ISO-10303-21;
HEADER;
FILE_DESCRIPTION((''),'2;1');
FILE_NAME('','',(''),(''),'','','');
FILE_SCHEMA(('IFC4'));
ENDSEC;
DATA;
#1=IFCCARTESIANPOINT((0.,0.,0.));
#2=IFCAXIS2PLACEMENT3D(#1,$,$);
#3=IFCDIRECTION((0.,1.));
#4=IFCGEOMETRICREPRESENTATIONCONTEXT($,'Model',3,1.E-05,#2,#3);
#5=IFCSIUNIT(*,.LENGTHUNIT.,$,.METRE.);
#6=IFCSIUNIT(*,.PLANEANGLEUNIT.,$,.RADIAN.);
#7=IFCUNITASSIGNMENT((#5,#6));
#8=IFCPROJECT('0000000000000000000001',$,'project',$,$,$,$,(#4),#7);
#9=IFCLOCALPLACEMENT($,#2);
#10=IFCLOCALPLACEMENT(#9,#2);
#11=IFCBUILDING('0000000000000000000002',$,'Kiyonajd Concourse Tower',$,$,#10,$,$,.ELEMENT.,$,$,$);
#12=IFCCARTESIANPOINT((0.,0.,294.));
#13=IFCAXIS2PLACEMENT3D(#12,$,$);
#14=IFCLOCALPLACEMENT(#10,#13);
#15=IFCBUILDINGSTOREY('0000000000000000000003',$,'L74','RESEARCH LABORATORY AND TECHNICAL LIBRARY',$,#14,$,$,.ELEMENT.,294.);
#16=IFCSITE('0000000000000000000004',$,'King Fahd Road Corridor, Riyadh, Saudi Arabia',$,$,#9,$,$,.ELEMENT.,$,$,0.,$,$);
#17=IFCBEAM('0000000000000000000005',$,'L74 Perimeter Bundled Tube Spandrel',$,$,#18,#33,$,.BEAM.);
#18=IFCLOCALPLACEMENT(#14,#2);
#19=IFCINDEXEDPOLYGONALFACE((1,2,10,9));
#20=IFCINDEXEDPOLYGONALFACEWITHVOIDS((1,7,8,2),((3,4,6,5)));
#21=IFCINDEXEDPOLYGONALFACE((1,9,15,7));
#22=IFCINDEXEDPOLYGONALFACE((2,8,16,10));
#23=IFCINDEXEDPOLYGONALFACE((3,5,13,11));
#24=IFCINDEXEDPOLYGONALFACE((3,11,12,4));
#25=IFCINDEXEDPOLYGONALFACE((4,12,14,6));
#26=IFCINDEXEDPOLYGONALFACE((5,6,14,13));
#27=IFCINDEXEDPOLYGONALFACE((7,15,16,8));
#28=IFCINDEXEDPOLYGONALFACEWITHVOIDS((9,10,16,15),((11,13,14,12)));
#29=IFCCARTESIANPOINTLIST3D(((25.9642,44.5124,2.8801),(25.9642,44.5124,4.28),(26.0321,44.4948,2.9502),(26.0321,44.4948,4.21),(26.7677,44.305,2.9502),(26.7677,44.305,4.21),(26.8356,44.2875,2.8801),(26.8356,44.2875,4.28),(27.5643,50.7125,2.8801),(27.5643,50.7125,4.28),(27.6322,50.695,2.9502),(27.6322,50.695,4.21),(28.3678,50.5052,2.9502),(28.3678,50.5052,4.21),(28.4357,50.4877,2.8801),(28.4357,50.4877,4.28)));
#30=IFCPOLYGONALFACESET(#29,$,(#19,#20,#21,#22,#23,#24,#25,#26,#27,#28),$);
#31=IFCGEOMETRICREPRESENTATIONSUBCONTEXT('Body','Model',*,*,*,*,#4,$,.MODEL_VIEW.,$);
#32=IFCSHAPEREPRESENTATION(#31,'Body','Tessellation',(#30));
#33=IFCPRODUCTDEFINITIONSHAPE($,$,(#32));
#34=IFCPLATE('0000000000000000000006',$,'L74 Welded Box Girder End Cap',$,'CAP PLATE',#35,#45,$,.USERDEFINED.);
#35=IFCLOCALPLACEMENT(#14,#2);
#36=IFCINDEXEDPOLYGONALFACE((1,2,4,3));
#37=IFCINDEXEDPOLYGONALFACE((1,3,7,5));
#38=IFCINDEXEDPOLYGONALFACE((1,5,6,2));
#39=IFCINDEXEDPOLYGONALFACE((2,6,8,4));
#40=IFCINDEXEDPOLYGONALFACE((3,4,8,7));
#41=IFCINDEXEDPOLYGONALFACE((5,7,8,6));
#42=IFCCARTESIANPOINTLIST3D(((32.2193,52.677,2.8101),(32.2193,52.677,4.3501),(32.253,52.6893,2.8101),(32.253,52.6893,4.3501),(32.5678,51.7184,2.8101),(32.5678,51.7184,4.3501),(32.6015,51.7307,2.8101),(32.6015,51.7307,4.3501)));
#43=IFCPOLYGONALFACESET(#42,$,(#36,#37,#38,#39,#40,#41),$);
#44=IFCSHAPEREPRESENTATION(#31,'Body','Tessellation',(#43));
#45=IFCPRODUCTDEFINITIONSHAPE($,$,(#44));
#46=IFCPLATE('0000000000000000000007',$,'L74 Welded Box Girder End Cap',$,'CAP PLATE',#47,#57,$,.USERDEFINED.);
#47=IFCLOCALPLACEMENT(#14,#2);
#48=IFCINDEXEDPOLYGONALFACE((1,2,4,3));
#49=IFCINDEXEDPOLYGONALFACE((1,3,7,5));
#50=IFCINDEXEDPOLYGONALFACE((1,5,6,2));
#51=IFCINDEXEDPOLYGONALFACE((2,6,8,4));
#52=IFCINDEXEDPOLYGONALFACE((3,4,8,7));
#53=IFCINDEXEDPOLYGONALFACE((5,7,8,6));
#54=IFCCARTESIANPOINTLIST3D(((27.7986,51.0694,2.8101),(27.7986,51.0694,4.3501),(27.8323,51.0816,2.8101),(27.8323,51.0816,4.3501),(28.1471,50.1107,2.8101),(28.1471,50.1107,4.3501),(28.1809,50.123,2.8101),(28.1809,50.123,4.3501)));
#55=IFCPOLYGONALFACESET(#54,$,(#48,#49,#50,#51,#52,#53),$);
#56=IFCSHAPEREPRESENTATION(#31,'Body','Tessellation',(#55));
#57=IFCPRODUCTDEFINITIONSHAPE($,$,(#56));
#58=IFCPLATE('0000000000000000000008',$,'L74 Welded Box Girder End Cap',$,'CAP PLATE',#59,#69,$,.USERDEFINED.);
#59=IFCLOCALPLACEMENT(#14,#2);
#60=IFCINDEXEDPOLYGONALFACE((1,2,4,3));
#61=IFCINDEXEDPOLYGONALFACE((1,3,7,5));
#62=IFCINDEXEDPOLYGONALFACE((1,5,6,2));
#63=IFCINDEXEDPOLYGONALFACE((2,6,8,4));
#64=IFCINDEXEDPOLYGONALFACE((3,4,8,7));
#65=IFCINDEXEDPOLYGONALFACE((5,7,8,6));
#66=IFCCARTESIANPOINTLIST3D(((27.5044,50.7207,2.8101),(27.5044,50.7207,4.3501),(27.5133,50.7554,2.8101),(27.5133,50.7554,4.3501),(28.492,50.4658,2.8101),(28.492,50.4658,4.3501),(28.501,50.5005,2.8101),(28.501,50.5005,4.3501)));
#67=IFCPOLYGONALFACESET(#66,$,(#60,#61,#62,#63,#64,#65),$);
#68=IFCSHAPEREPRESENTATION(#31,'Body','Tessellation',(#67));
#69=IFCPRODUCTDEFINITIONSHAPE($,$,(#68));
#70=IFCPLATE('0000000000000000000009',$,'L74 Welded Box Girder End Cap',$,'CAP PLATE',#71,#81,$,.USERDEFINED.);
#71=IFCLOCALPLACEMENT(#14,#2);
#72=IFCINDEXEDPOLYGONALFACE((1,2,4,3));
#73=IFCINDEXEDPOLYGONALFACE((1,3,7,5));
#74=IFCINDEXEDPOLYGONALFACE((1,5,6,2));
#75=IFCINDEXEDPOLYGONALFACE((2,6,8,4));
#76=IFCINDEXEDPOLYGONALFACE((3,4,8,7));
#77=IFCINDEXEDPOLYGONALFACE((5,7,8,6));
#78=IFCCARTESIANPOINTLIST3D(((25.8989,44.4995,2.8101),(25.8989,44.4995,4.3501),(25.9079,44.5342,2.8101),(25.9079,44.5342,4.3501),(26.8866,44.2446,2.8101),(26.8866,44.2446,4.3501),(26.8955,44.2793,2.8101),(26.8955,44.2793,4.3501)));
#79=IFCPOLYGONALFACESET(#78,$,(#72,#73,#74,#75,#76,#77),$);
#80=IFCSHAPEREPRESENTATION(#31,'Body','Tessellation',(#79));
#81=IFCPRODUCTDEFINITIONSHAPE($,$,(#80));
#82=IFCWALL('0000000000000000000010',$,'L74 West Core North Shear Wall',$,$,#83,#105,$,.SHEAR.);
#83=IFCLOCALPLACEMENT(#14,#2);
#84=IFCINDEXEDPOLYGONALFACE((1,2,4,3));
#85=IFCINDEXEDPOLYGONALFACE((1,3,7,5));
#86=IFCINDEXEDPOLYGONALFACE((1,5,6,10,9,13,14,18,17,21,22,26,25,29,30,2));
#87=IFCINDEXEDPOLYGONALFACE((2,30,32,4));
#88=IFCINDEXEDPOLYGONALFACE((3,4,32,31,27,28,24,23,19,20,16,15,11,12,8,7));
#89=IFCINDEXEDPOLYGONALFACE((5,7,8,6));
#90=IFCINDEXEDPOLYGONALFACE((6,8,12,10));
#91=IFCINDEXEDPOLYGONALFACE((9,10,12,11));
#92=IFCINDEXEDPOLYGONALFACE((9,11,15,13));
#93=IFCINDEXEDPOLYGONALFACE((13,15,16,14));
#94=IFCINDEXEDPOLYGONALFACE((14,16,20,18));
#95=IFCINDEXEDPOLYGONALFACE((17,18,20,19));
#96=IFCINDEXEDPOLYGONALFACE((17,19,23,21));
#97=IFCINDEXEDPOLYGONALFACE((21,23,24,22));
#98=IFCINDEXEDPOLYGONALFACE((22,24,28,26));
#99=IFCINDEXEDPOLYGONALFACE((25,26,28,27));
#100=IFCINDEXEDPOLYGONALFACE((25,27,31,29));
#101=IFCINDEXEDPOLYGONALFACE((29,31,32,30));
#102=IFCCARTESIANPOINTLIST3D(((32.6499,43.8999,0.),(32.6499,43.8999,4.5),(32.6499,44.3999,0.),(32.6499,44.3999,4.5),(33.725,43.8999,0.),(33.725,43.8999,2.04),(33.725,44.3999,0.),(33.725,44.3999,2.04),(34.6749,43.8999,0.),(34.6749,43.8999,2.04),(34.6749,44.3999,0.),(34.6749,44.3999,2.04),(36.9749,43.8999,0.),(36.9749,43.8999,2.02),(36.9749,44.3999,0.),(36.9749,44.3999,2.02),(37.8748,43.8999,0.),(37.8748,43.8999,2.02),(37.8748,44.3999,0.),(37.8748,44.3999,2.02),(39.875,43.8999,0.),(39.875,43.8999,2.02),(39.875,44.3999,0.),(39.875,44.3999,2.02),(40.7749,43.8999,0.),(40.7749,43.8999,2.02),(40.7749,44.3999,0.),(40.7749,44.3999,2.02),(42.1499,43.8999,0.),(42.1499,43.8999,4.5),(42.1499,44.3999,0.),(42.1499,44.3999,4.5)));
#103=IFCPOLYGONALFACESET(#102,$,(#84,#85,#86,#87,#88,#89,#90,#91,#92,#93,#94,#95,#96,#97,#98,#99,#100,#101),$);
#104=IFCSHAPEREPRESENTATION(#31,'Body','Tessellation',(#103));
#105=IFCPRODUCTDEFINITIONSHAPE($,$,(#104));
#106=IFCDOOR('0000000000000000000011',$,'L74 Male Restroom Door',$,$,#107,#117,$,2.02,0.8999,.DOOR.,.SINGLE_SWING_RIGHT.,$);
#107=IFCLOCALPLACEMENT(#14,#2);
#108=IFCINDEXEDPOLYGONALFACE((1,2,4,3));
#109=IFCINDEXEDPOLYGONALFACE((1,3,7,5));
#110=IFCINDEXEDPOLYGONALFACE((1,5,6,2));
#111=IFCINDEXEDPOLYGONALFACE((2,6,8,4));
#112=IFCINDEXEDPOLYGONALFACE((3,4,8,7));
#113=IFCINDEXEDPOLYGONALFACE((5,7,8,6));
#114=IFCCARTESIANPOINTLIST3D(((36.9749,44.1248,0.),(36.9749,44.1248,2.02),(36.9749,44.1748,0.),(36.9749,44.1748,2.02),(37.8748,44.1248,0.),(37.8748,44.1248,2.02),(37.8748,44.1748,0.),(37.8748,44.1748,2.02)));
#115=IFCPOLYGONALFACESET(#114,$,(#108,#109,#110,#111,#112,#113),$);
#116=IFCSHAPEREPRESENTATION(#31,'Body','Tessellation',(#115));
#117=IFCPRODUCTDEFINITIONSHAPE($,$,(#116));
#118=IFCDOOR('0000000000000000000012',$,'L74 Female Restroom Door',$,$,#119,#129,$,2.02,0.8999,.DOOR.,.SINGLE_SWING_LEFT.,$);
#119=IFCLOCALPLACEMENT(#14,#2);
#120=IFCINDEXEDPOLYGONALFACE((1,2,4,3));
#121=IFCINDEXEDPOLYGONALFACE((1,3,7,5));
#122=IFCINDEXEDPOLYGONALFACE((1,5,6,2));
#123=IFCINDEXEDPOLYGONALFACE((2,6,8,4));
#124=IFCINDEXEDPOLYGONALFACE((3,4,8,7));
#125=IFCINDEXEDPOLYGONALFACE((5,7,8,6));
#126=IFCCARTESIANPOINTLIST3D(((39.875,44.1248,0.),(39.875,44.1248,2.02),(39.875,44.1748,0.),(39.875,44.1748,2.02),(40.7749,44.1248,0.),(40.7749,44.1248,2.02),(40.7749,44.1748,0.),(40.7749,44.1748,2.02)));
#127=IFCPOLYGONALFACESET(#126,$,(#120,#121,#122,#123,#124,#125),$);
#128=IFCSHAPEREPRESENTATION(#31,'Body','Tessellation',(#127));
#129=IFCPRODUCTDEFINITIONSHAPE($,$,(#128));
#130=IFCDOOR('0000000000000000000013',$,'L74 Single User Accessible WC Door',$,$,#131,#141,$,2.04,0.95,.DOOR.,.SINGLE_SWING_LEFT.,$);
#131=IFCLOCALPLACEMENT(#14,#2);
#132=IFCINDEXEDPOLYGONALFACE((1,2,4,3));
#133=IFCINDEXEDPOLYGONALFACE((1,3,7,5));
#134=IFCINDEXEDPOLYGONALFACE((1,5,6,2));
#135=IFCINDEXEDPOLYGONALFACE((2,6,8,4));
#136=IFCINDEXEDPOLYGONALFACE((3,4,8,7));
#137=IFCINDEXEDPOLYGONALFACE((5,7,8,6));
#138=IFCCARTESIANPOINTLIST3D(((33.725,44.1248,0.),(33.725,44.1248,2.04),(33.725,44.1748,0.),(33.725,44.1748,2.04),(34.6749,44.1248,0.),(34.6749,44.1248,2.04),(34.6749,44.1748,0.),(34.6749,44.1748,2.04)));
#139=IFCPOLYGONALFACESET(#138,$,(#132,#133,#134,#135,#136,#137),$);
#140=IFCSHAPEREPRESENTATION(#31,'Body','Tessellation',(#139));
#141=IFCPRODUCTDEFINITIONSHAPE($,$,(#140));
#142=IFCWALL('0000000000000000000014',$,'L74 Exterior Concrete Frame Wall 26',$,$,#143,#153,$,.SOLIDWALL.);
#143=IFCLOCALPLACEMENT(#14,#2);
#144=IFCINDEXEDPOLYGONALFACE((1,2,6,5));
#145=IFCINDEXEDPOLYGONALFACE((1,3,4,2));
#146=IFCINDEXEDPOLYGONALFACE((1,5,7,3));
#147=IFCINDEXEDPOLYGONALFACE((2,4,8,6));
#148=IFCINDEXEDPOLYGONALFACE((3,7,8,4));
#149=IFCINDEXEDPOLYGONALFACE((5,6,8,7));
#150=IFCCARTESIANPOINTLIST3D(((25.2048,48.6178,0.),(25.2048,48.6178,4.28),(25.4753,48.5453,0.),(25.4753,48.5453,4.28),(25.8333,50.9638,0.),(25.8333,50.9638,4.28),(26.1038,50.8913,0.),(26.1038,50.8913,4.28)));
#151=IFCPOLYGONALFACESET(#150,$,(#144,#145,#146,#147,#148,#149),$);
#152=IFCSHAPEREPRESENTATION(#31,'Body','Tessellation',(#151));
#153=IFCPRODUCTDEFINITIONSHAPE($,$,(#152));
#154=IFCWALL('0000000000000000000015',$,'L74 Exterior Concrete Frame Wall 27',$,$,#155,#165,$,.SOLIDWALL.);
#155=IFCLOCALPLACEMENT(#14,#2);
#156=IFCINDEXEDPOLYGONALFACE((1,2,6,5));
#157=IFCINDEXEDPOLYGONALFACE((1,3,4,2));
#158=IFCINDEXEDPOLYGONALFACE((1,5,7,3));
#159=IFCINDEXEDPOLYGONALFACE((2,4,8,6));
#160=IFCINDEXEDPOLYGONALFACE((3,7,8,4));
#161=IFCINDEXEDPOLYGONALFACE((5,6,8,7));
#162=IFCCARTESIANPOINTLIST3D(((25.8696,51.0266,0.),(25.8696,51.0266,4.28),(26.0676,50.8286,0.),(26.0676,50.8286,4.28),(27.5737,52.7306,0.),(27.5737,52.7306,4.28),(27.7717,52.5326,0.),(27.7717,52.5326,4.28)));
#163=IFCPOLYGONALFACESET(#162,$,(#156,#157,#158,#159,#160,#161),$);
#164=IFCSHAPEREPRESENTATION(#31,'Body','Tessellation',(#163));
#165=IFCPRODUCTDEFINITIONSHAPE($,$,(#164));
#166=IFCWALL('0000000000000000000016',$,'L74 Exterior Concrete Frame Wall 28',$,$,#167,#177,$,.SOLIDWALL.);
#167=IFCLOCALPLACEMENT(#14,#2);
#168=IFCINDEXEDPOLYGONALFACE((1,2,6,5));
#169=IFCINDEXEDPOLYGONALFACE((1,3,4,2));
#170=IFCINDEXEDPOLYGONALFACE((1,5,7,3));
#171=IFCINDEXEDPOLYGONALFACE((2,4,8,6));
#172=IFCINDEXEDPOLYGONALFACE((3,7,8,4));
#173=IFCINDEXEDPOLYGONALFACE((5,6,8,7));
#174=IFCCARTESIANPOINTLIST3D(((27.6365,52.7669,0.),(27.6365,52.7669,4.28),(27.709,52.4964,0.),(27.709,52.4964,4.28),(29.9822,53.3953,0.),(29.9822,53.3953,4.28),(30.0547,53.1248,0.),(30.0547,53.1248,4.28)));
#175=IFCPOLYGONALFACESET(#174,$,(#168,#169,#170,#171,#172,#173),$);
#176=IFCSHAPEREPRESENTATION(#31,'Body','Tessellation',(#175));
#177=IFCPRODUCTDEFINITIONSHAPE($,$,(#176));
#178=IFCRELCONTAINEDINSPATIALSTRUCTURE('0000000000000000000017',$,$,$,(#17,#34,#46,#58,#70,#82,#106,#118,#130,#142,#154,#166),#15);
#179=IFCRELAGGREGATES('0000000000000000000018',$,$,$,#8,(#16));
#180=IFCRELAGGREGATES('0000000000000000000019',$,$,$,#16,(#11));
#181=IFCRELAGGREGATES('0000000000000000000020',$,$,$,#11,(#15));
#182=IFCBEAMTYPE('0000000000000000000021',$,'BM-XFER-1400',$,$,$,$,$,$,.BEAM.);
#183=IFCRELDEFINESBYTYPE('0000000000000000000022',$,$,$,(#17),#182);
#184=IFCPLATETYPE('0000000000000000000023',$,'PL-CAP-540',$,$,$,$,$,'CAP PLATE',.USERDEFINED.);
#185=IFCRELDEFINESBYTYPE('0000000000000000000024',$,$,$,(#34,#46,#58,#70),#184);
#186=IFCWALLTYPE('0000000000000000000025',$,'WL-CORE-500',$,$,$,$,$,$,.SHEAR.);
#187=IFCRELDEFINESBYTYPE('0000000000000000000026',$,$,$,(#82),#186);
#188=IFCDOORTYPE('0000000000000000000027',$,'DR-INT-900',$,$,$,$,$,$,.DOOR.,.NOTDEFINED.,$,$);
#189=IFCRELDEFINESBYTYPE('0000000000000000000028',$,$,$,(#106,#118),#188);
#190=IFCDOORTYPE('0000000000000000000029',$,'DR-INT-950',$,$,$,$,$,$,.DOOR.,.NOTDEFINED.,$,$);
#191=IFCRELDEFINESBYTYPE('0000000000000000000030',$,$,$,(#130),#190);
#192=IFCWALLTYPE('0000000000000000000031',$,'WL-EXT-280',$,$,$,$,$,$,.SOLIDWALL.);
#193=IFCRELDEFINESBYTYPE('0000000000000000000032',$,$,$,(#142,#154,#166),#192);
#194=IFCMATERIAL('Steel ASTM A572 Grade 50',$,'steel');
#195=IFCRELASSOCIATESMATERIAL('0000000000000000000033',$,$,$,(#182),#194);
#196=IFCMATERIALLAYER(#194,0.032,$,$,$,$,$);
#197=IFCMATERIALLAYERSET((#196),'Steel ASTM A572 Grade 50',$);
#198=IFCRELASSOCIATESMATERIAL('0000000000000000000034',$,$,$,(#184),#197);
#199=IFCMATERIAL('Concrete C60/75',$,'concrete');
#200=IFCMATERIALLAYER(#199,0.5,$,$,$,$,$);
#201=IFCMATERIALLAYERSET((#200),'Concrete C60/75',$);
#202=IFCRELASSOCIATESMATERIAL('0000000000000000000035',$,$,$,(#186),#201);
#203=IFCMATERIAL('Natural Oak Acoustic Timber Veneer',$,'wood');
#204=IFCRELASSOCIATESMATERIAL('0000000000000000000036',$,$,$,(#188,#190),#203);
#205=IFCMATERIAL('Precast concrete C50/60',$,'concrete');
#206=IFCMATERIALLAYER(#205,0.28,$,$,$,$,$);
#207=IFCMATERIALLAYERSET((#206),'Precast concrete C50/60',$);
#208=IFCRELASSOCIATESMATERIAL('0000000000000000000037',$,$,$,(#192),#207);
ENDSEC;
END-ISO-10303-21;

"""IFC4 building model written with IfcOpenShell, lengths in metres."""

from ifc_helpers import new_model, si_unit, direction, frame, frame_2d, origin, origin_2d, place, context, subcontext, project, spatial, rectangle, hollow_rectangle, extrude, material, layer, layer_set, material_profile, profile_set, type_object, element, fill, save


model = new_model("IFC4")

# Units and contexts
model_context = context("Model", 3, precision=1e-05, world=origin(), true_north=direction((0.0, 1.0)))
body_context = subcontext(model_context, "Body", "Model", "MODEL_VIEW")
ifc_project = project(units=[si_unit("LENGTHUNIT", "METRE"), si_unit("PLANEANGLEUNIT", "RADIAN")], contexts=[model_context])

# Site, building, storey
site_placement = place(None, origin())
site = spatial("IfcSite", under=ifc_project, at=site_placement, Name="King Fahd Road Corridor, Riyadh, Saudi Arabia", CompositionType="ELEMENT", RefElevation=0.0)
building_placement = place(site_placement, origin())
building = spatial("IfcBuilding", under=site, at=building_placement, Name="Kiyonajd Concourse Tower", CompositionType="ELEMENT")
storey_placement = place(building_placement, frame((0.0, 0.0, 294.0)))
storey = spatial("IfcBuildingStorey", under=building, at=storey_placement, Name="L74", Description="RESEARCH LABORATORY AND TECHNICAL LIBRARY", CompositionType="ELEMENT", Elevation=294.0)

# Shared definitions
ifc_material_1 = material(Name="Concrete C60/75", Category="concrete")

# Beam
ifc_material_2 = material(Name="Steel ASTM A572 Grade 50", Category="steel")
ifc_material_profile_1 = material_profile(ifc_material_2, hollow_rectangle(XDim=0.8999, YDim=1.3999, WallThickness=0.0701, at=origin_2d()), Name="BOX-1400x900x70")
ifc_profile_set_1 = profile_set([ifc_material_profile_1], Name="Steel ASTM A572 Grade 50")
beam_type_1 = type_object("IfcBeamType", Name="BM-XFER-1400", PredefinedType="BEAM", material=ifc_profile_set_1)
beam_1_placement = place(storey_placement, frame((28.0, 50.6001, 3.5801), z_axis=(-0.249885, -0.968276, 0.0), x_axis=(0.968276, -0.249885, 0.0)))
element("IfcBeam", 1, at=beam_1_placement, inside=storey, type_object=beam_type_1, Name="L74 Perimeter Bundled Tube Spandrel", PredefinedType="BEAM", context=body_context, shape_type="SweptSolid", body=[
    extrude(hollow_rectangle(XDim=0.8999, YDim=1.3999, WallThickness=0.0701, at=origin_2d()), origin(), (0.0, 0.0, 1.0), 6.4033),
])

# Plates
ifc_layer_1 = layer(ifc_material_2, 0.032)
ifc_layer_set_1 = layer_set([ifc_layer_1], Name="Steel ASTM A572 Grade 50")
plate_type = type_object("IfcPlateType", Name="PL-CAP-540", ElementType="CAP PLATE", PredefinedType="USERDEFINED", material=ifc_layer_set_1)
for number, where, z_axis, x_axis, name in (
    (2, (32.4104, 52.2039, 2.8101), (0.0, 0.0, 1.0), (0.939812, 0.341692, 0.0), "L74 Welded Box Girder End Cap"),
    (3, (27.9897, 50.5962, 2.8101), (0.0, 0.0, 1.0), (-0.939812, -0.341692, 0.0), "L74 Welded Box Girder End Cap"),
    (4, (28.0027, 50.6106, 2.8101), (0.0, 0.0, 1.0), (0.249873, 0.968279, 0.0), "L74 Welded Box Girder End Cap"),
    (5, (26.3972, 44.3894, 2.8101), (0.0, 0.0, 1.0), (-0.249873, -0.968279, 0.0), "L74 Welded Box Girder End Cap"),
):
    element("IfcPlate", number, at=place(storey_placement, frame(where, z_axis=z_axis, x_axis=x_axis)), inside=storey, type_object=plate_type, Name=name, ObjectType="CAP PLATE", PredefinedType="USERDEFINED", context=body_context, shape_type="SweptSolid", body=[
        extrude(rectangle(XDim=0.0359, YDim=1.02, at=origin_2d()), origin(), (0.0, 0.0, 1.0), 1.54),
    ])

# Wall, openings, doors
ifc_layer_2 = layer(ifc_material_1, 0.5)
ifc_layer_set_2 = layer_set([ifc_layer_2], Name="Concrete C60/75")
wall_type_1 = type_object("IfcWallType", Name="WL-CORE-500", PredefinedType="SHEAR", material=ifc_layer_set_2)
wall_1_placement = place(storey_placement, frame((32.6499, 44.1499, 0.0), z_axis=(0.0, 0.0, 1.0), x_axis=(1.0, 0.0, 0.0)))
wall_1 = element("IfcWall", 6, at=wall_1_placement, inside=storey, type_object=wall_type_1, Name="L74 West Core North Shear Wall", PredefinedType="SHEAR", context=body_context, shape_type="SweptSolid", body=[
    extrude(rectangle(XDim=9.5, YDim=0.5, at=frame_2d((4.75, 0.0))), origin(), (0.0, 0.0, 1.0), 4.5),
])
opening_1_placement = place(wall_1_placement, frame((1.075, 0.0, 0.0)))
opening_1 = element("IfcOpeningElement", 7, at=opening_1_placement, cuts=wall_1, PredefinedType="OPENING", context=body_context, shape_type="SweptSolid", body=[
    extrude(rectangle(XDim=0.95, YDim=2.04, at=frame_2d((0.4751, 1.02))), frame((0.0, 0.26, 0.0), z_axis=(0.0, -1.0, 0.0), x_axis=(1.0, 0.0, 0.0)), (0.0, 0.0, 1.0), 0.52),
])
opening_2_placement = place(wall_1_placement, frame((4.325, 0.0, 0.0)))
opening_2 = element("IfcOpeningElement", 8, at=opening_2_placement, cuts=wall_1, PredefinedType="OPENING", context=body_context, shape_type="SweptSolid", body=[
    extrude(rectangle(XDim=0.8999, YDim=2.02, at=frame_2d((0.45, 1.01))), frame((0.0, 0.26, 0.0), z_axis=(0.0, -1.0, 0.0), x_axis=(1.0, 0.0, 0.0)), (0.0, 0.0, 1.0), 0.52),
])
opening_3_placement = place(wall_1_placement, frame((7.2251, 0.0, 0.0)))
opening_3 = element("IfcOpeningElement", 9, at=opening_3_placement, cuts=wall_1, PredefinedType="OPENING", context=body_context, shape_type="SweptSolid", body=[
    extrude(rectangle(XDim=0.8999, YDim=2.02, at=frame_2d((0.45, 1.01))), frame((0.0, 0.26, 0.0), z_axis=(0.0, -1.0, 0.0), x_axis=(1.0, 0.0, 0.0)), (0.0, 0.0, 1.0), 0.52),
])
ifc_material_3 = material(Name="Natural Oak Acoustic Timber Veneer", Category="wood")
door_type_1 = type_object("IfcDoorType", Name="DR-INT-900", OperationType="NOTDEFINED", PredefinedType="DOOR", material=ifc_material_3)
door_1_placement = place(opening_2_placement, origin())
door_1 = element("IfcDoor", 10, at=door_1_placement, inside=storey, type_object=door_type_1, Name="L74 Male Restroom Door", OperationType="SINGLE_SWING_RIGHT", OverallHeight=2.02, OverallWidth=0.8999, PredefinedType="DOOR", context=body_context, shape_type="SweptSolid", body=[
    extrude(rectangle(XDim=0.8999, YDim=2.02, at=frame_2d((0.45, 1.01))), frame((0.0, 0.0249, 0.0), z_axis=(0.0, -1.0, 0.0), x_axis=(1.0, 0.0, 0.0)), (0.0, 0.0, 1.0), 0.05),
])
fill(opening_2, door_1)
door_2_placement = place(opening_3_placement, origin())
door_2 = element("IfcDoor", 11, at=door_2_placement, inside=storey, type_object=door_type_1, Name="L74 Female Restroom Door", OperationType="SINGLE_SWING_LEFT", OverallHeight=2.02, OverallWidth=0.8999, PredefinedType="DOOR", context=body_context, shape_type="SweptSolid", body=[
    extrude(rectangle(XDim=0.8999, YDim=2.02, at=frame_2d((0.45, 1.01))), frame((0.0, 0.0249, 0.0), z_axis=(0.0, -1.0, 0.0), x_axis=(1.0, 0.0, 0.0)), (0.0, 0.0, 1.0), 0.05),
])
fill(opening_3, door_2)
door_type_2 = type_object("IfcDoorType", Name="DR-INT-950", OperationType="NOTDEFINED", PredefinedType="DOOR", material=ifc_material_3)
door_3_placement = place(opening_1_placement, origin())
door_3 = element("IfcDoor", 12, at=door_3_placement, inside=storey, type_object=door_type_2, Name="L74 Single User Accessible WC Door", OperationType="SINGLE_SWING_LEFT", OverallHeight=2.04, OverallWidth=0.95, PredefinedType="DOOR", context=body_context, shape_type="SweptSolid", body=[
    extrude(rectangle(XDim=0.95, YDim=2.04, at=frame_2d((0.4751, 1.02))), frame((0.0, 0.0249, 0.0), z_axis=(0.0, -1.0, 0.0), x_axis=(1.0, 0.0, 0.0)), (0.0, 0.0, 1.0), 0.05),
])
fill(opening_1, door_3)

# Walls
ifc_material_4 = material(Name="Precast concrete C50/60", Category="concrete")
ifc_layer_3 = layer(ifc_material_4, 0.28)
ifc_layer_set_3 = layer_set([ifc_layer_3], Name="Precast concrete C50/60")
wall_type_2 = type_object("IfcWallType", Name="WL-EXT-280", PredefinedType="SOLIDWALL", material=ifc_layer_set_3)
wall_2_placement = place(storey_placement, frame((25.3401, 48.5815, 0.0), z_axis=(0.0, 0.0, 1.0), x_axis=(0.258751, 0.965944, 0.0)))
element("IfcWall", 13, at=wall_2_placement, inside=storey, type_object=wall_type_2, Name="L74 Exterior Concrete Frame Wall 26", PredefinedType="SOLIDWALL", context=body_context, shape_type="SweptSolid", body=[
    extrude(rectangle(XDim=2.4287, YDim=0.28, at=frame_2d((1.2144, 0.0))), origin(), (0.0, 0.0, 1.0), 4.28),
])
wall_3_placement = place(storey_placement, frame((25.9685, 50.9275, 0.0), z_axis=(0.0, 0.0, 1.0), x_axis=(0.707107, 0.707107, 0.0)))
element("IfcWall", 14, at=wall_3_placement, inside=storey, type_object=wall_type_2, Name="L74 Exterior Concrete Frame Wall 27", PredefinedType="SOLIDWALL", context=body_context, shape_type="SweptSolid", body=[
    extrude(rectangle(XDim=2.4099, YDim=0.28, at=frame_2d((1.2051, 0.0))), origin(), (0.0, 0.0, 1.0), 4.28),
])
wall_4_placement = place(storey_placement, frame((27.6726, 52.6316, 0.0), z_axis=(0.0, 0.0, 1.0), x_axis=(0.965937, 0.258776, 0.0)))
element("IfcWall", 15, at=wall_4_placement, inside=storey, type_object=wall_type_2, Name="L74 Exterior Concrete Frame Wall 28", PredefinedType="SOLIDWALL", context=body_context, shape_type="SweptSolid", body=[
    extrude(rectangle(XDim=2.4285, YDim=0.28, at=frame_2d((1.2144, 0.0))), origin(), (0.0, 0.0, 1.0), 4.28),
])

save(model, "model.ifc")
